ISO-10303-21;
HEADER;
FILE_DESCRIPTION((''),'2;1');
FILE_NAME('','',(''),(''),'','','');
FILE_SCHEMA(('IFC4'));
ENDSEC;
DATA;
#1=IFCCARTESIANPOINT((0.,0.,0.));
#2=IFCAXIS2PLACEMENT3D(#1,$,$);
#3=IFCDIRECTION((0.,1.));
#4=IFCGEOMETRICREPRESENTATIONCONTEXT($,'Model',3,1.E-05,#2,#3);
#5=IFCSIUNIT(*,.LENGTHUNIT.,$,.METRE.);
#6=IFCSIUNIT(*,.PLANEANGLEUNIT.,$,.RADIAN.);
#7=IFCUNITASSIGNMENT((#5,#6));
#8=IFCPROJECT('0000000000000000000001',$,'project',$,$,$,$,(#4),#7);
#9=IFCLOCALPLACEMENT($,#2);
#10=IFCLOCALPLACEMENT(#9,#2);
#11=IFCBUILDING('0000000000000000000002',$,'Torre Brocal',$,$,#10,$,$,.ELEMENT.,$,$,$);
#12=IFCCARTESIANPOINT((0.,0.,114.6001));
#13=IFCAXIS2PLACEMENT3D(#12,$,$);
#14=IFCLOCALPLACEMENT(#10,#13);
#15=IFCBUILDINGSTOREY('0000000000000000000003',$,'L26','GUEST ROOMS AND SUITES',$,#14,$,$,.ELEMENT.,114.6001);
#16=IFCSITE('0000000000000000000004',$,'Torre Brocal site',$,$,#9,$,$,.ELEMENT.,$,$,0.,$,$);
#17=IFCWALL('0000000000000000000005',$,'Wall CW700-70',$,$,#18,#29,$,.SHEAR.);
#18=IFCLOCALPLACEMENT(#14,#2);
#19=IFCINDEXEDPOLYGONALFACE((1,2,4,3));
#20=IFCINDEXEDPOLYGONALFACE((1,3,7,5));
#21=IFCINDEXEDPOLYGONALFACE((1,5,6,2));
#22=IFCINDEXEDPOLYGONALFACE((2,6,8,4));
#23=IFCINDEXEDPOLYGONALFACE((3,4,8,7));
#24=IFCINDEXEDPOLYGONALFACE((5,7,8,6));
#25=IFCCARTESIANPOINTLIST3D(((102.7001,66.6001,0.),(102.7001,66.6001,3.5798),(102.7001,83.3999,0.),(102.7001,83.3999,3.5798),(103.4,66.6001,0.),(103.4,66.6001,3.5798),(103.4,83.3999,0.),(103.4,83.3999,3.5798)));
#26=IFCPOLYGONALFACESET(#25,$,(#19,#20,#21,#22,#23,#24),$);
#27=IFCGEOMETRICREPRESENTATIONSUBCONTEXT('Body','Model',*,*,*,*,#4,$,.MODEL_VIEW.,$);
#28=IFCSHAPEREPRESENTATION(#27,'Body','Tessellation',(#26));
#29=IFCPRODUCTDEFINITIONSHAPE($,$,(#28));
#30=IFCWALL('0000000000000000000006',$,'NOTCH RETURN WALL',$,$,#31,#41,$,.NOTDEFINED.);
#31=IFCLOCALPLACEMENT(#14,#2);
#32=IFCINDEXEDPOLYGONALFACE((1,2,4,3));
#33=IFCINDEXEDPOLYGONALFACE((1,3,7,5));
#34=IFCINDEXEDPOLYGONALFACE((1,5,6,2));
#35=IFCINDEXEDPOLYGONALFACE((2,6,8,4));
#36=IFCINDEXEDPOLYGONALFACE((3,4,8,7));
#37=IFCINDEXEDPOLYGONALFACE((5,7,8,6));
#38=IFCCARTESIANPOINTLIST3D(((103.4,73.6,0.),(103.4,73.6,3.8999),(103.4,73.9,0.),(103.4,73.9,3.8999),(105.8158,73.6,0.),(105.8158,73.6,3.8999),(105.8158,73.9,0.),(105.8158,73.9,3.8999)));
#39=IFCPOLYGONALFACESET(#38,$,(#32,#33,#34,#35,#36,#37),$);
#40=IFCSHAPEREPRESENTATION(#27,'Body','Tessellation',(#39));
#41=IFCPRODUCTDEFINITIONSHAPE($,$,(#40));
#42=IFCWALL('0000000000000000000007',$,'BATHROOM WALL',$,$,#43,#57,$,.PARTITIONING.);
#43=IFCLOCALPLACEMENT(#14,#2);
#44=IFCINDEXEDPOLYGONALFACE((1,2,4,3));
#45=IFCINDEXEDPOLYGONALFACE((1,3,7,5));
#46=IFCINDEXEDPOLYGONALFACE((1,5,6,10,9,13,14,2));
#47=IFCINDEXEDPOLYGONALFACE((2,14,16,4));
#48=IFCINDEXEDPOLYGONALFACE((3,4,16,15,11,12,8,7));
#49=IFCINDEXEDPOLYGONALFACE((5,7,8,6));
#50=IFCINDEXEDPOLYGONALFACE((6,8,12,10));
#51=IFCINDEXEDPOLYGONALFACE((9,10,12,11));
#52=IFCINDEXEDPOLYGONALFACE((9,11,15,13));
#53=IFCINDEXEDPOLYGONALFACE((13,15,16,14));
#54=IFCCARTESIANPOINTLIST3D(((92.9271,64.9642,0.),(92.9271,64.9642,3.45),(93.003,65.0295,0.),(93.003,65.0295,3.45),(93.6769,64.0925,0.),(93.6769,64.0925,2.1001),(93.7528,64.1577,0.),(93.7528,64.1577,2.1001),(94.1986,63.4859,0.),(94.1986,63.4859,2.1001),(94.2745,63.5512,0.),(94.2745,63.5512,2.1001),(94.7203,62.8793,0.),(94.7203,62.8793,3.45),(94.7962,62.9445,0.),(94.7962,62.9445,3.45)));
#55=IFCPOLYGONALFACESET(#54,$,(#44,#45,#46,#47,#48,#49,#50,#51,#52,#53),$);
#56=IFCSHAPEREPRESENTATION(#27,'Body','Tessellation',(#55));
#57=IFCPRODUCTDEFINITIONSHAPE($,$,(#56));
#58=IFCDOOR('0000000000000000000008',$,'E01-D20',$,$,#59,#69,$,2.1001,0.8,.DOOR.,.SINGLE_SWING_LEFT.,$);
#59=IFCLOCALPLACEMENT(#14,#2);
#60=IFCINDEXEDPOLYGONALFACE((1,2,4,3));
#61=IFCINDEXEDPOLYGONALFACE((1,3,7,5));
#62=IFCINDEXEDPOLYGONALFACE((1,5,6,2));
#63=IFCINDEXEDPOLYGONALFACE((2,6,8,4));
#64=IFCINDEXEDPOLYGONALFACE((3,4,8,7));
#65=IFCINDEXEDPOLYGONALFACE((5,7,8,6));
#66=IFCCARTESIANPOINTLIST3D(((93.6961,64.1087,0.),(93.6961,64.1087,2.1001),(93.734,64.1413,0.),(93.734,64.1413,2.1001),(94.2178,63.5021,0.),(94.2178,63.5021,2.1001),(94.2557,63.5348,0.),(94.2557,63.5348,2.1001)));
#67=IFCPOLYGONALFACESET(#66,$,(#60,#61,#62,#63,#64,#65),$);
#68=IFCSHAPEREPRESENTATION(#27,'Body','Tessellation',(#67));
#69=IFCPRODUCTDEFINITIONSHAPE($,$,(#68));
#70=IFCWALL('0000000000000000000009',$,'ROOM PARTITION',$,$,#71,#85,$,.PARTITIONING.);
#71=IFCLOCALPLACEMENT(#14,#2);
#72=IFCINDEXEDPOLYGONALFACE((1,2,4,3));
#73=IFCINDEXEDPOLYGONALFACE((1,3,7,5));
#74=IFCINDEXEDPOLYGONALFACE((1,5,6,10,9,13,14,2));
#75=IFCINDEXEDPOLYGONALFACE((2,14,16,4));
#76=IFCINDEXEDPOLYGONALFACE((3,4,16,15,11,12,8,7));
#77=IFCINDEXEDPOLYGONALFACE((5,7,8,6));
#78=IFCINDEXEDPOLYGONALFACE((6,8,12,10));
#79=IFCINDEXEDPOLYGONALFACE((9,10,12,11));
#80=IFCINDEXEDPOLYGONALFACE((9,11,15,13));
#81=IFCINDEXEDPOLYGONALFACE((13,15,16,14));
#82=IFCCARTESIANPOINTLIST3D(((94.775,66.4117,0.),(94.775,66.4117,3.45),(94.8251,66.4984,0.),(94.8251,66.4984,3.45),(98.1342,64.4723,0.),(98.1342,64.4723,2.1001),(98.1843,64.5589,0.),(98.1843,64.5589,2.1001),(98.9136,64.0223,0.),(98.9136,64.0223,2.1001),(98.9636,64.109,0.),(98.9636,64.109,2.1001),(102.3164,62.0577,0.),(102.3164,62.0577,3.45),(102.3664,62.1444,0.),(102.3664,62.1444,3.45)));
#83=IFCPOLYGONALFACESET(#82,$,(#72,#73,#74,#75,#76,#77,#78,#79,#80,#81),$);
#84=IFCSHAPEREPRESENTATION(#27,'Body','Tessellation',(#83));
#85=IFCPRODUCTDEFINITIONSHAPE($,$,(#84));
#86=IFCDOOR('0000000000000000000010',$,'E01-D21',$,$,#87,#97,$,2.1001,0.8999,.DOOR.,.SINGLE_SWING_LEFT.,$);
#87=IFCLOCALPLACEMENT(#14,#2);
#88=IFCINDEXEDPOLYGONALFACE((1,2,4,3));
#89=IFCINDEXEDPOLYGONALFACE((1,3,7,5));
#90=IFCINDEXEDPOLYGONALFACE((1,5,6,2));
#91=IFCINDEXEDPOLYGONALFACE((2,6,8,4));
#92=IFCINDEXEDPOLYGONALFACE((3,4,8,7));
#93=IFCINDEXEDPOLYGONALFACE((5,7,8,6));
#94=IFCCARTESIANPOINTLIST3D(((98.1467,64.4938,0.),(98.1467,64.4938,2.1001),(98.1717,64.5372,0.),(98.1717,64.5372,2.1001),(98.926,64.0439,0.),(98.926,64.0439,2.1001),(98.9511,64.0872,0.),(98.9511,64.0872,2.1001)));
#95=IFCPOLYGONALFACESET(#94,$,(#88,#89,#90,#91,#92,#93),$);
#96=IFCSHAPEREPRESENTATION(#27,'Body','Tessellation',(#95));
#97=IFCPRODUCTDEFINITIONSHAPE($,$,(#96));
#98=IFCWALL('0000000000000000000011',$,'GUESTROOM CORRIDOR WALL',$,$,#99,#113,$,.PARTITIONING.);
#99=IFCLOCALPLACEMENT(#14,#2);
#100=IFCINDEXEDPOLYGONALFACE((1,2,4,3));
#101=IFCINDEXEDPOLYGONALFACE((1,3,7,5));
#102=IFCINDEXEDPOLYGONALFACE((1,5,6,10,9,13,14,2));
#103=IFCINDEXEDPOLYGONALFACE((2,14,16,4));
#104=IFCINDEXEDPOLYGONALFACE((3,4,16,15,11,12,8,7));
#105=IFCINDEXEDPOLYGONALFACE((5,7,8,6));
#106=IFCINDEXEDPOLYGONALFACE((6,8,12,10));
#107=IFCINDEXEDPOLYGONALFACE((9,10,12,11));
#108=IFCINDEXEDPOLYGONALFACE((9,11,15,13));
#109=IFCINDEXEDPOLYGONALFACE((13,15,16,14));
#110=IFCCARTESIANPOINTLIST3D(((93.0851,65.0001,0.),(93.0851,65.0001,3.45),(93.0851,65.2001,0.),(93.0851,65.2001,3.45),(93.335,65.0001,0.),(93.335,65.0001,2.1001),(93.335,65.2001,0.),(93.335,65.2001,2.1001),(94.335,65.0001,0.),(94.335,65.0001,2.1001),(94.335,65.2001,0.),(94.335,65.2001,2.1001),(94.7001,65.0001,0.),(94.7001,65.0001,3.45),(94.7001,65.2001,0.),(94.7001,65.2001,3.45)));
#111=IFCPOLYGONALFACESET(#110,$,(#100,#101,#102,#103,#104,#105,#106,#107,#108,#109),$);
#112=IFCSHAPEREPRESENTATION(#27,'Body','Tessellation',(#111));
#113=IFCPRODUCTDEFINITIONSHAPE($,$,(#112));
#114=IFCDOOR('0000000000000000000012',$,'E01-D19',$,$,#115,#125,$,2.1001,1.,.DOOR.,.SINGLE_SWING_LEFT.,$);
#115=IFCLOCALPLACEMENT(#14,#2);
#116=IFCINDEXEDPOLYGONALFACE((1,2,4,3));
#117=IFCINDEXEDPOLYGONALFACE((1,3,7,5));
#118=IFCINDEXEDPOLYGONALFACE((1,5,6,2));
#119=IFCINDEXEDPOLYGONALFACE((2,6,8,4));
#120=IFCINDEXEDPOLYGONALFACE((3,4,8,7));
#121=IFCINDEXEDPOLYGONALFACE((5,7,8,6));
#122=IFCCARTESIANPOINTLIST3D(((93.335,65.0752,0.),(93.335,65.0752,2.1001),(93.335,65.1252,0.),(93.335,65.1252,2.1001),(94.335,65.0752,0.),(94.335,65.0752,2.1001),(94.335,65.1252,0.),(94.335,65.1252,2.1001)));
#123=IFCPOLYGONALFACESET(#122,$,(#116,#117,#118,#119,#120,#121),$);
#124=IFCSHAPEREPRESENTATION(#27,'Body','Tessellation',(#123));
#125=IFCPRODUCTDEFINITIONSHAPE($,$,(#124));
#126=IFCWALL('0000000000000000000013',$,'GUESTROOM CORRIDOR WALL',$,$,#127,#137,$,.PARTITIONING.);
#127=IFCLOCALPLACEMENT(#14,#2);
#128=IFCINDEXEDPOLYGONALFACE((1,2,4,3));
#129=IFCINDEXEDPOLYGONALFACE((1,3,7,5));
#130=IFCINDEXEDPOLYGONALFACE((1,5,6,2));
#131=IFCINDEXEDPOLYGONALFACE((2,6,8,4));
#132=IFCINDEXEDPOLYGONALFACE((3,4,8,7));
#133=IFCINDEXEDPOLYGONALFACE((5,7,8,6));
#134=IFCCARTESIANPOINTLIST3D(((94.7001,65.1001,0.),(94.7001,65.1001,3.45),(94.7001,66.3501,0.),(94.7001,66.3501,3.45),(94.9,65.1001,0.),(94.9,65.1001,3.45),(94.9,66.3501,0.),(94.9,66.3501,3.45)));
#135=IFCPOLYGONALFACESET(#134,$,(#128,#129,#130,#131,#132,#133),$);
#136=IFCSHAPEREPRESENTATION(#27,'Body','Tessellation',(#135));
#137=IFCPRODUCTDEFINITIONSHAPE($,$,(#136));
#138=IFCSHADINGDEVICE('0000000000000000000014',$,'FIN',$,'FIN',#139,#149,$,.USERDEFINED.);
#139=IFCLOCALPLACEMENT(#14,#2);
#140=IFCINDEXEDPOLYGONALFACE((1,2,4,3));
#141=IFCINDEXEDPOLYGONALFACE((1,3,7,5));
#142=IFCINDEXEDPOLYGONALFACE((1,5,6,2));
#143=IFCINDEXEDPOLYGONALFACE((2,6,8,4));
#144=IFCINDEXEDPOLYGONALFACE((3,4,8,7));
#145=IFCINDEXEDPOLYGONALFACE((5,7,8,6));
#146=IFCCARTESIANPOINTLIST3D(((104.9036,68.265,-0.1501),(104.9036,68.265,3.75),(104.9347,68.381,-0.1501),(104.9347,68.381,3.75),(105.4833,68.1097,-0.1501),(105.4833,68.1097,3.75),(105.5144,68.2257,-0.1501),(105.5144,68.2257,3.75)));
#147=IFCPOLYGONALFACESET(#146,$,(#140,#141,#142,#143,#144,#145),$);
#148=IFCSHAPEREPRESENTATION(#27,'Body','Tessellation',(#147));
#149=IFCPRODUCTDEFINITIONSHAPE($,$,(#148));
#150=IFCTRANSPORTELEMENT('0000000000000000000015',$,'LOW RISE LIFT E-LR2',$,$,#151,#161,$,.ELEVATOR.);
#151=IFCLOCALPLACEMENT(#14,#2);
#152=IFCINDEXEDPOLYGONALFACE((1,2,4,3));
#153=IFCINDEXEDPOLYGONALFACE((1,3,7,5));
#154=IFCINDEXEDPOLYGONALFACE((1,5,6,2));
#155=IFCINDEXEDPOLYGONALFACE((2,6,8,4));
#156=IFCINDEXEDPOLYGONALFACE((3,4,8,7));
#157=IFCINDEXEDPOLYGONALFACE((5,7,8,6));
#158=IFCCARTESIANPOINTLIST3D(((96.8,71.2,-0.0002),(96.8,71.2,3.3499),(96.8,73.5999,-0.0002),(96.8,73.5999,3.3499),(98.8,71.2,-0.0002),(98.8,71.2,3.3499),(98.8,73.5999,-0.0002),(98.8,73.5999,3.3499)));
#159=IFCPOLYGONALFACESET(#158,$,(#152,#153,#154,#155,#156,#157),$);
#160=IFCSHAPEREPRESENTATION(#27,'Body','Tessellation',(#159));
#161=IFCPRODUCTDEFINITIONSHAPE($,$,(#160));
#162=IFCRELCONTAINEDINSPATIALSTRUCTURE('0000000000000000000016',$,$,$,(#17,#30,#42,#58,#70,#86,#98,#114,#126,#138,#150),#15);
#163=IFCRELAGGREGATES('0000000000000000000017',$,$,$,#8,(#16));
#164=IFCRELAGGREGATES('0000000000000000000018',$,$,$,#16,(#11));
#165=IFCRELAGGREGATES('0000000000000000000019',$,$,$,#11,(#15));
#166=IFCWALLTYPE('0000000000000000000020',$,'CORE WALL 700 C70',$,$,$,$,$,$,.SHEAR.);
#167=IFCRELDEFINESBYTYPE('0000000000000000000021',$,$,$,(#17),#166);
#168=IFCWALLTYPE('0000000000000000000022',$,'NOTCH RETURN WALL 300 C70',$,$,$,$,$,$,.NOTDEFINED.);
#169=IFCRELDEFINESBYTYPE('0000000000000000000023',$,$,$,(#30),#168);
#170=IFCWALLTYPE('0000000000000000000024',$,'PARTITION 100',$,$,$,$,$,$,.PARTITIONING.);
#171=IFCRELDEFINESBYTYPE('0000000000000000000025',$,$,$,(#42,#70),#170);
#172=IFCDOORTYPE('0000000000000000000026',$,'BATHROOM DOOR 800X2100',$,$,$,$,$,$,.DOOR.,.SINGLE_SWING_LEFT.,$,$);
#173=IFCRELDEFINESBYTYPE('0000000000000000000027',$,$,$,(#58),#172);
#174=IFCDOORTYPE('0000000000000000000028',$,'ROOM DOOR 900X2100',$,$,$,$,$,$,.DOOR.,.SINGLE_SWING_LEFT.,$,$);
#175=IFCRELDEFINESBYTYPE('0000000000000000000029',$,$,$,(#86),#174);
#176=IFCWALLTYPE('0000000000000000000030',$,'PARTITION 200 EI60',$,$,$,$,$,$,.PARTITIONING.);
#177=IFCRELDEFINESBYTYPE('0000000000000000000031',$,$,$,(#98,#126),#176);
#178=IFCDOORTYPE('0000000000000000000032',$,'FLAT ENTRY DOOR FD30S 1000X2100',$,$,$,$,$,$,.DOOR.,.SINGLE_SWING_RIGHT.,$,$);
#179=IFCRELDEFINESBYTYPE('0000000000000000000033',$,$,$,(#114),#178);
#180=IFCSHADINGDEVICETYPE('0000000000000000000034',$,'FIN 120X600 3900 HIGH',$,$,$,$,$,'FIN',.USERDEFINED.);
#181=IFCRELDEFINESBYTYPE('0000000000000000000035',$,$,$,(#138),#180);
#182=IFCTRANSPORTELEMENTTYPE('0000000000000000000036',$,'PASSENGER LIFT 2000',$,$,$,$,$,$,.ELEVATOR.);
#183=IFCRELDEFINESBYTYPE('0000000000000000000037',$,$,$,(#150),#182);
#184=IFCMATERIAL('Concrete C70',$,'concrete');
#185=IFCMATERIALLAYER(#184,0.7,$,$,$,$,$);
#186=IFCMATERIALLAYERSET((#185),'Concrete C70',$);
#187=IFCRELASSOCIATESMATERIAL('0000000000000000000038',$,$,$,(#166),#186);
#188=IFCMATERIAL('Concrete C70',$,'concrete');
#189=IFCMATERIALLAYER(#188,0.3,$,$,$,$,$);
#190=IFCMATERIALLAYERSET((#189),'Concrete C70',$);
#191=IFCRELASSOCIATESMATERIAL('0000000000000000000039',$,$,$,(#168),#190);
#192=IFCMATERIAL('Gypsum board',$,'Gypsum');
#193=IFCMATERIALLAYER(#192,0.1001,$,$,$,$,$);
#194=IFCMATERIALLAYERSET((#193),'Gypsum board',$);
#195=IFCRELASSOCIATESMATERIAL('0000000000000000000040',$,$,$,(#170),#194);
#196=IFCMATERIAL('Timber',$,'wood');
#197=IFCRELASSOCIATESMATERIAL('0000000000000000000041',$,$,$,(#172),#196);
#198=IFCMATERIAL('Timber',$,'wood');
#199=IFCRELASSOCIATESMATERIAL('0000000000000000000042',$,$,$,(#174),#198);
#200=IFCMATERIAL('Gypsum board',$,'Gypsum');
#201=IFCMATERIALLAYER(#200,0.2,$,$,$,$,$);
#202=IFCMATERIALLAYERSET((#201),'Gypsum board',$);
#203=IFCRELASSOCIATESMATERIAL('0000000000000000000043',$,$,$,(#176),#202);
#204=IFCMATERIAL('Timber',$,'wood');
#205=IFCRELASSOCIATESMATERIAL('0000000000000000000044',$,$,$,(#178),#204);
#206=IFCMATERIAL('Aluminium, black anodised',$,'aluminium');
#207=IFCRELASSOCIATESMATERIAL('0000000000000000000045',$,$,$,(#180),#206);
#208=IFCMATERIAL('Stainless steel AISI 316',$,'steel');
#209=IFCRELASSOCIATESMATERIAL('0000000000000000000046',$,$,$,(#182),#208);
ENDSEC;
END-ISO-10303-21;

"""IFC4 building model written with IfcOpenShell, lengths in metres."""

from ifc_helpers import new_model, si_unit, direction, frame, frame_2d, origin, origin_2d, place, context, subcontext, project, spatial, rectangle, extrude, material, layer, layer_set, material_profile, profile_set, type_object, element, fill, save


model = new_model("IFC4")

# Units and contexts
model_context = context("Model", 3, precision=1e-05, world=origin(), true_north=direction((0.0, 1.0)))
body_context = subcontext(model_context, "Body", "Model", "MODEL_VIEW")
ifc_project = project(units=[si_unit("LENGTHUNIT", "METRE"), si_unit("PLANEANGLEUNIT", "RADIAN")], contexts=[model_context])

# Site, building, storey
site_placement = place(None, origin())
site = spatial("IfcSite", under=ifc_project, at=site_placement, Name="Torre Brocal site", CompositionType="ELEMENT", RefElevation=0.0)
building_placement = place(site_placement, origin())
building = spatial("IfcBuilding", under=site, at=building_placement, Name="Torre Brocal", CompositionType="ELEMENT")
storey_placement = place(building_placement, frame((0.0, 0.0, 114.6001)))
storey = spatial("IfcBuildingStorey", under=building, at=storey_placement, Name="L26", Description="GUEST ROOMS AND SUITES", CompositionType="ELEMENT", Elevation=114.6001)

# Walls
ifc_material_1 = material(Name="Concrete C70", Category="concrete")
ifc_layer_1 = layer(ifc_material_1, 0.7)
ifc_layer_set_1 = layer_set([ifc_layer_1], Name="Concrete C70")
wall_type_1 = type_object("IfcWallType", Name="CORE WALL 700 C70", PredefinedType="SHEAR", material=ifc_layer_set_1)
wall_1_placement = place(storey_placement, frame((103.05, 66.6001, 0.0), z_axis=(0.0, 0.0, 1.0), x_axis=(0.0, 1.0, 0.0)))
element("IfcWall", 1, at=wall_1_placement, inside=storey, type_object=wall_type_1, Name="Wall CW700-70", PredefinedType="SHEAR", context=body_context, shape_type="SweptSolid", body=[
    extrude(rectangle(XDim=16.7998, YDim=0.7, at=frame_2d((8.3999, 0.0))), origin(), (0.0, 0.0, 1.0), 3.5798),
])
ifc_material_2 = material(Name="Concrete C70", Category="concrete")
ifc_layer_2 = layer(ifc_material_2, 0.3)
ifc_layer_set_2 = layer_set([ifc_layer_2], Name="Concrete C70")
wall_type_2 = type_object("IfcWallType", Name="NOTCH RETURN WALL 300 C70", PredefinedType="NOTDEFINED", material=ifc_layer_set_2)
wall_2_placement = place(storey_placement, frame((103.3999, 73.75, 0.0), z_axis=(0.0, 0.0, 1.0), x_axis=(1.0, 0.0, 0.0)))
element("IfcWall", 2, at=wall_2_placement, inside=storey, type_object=wall_type_2, Name="NOTCH RETURN WALL", PredefinedType="NOTDEFINED", context=body_context, shape_type="SweptSolid", body=[
    extrude(rectangle(XDim=2.4158, YDim=0.3, at=frame_2d((1.208, 0.0))), origin(), (0.0, 0.0, 1.0), 3.8999),
])

# Walls, openings, doors
ifc_material_3 = material(Name="Gypsum board", Category="Gypsum")
ifc_layer_3 = layer(ifc_material_3, 0.1001)
ifc_layer_set_3 = layer_set([ifc_layer_3], Name="Gypsum board")
wall_type_3 = type_object("IfcWallType", Name="PARTITION 100", PredefinedType="PARTITIONING", material=ifc_layer_set_3)
wall_3_placement = place(storey_placement, frame((92.9651, 64.9968, 0.0), z_axis=(0.0, 0.0, 1.0), x_axis=(0.65207, -0.758159, 0.0)))
wall_3 = element("IfcWall", 3, at=wall_3_placement, inside=storey, type_object=wall_type_3, Name="BATHROOM WALL", PredefinedType="PARTITIONING", context=body_context, shape_type="SweptSolid", body=[
    extrude(rectangle(XDim=2.75, YDim=0.1001, at=frame_2d((1.375, 0.0))), origin(), (0.0, 0.0, 1.0), 3.45),
])
opening_1_placement = place(wall_3_placement, frame((1.1499, 0.0, 0.0)))
opening_1 = element("IfcOpeningElement", 4, at=opening_1_placement, cuts=wall_3, PredefinedType="OPENING", context=body_context, shape_type="SweptSolid", body=[
    extrude(rectangle(XDim=0.8, YDim=2.1001, at=frame_2d((0.3999, 1.05))), frame((0.0, 0.0601, 0.0), z_axis=(0.0, -1.0, 0.0), x_axis=(1.0, 0.0, 0.0)), (0.0, 0.0, 1.0), 0.1201),
])
ifc_material_4 = material(Name="Timber", Category="wood")
door_type_1 = type_object("IfcDoorType", Name="BATHROOM DOOR 800X2100", OperationType="SINGLE_SWING_LEFT", PredefinedType="DOOR", material=ifc_material_4)
door_1_placement = place(opening_1_placement, frame((0.8, 0.0, 0.0), z_axis=(0.0, 0.0, 1.0), x_axis=(-1.0, 0.0, 0.0)))
door_1 = element("IfcDoor", 5, at=door_1_placement, inside=storey, type_object=door_type_1, Name="E01-D20", OperationType="SINGLE_SWING_LEFT", OverallHeight=2.1001, OverallWidth=0.8, PredefinedType="DOOR", context=body_context, shape_type="SweptSolid", body=[
    extrude(rectangle(XDim=0.8, YDim=2.1001, at=frame_2d((0.3999, 1.05))), frame((0.0, 0.0249, 0.0), z_axis=(0.0, -1.0, 0.0), x_axis=(1.0, 0.0, 0.0)), (0.0, 0.0, 1.0), 0.05),
])
fill(opening_1, door_1)
wall_4_placement = place(storey_placement, frame((94.8, 66.4551, 0.0), z_axis=(0.0, 0.0, 1.0), x_axis=(0.866023, -0.500005, 0.0)))
wall_4 = element("IfcWall", 6, at=wall_4_placement, inside=storey, type_object=wall_type_3, Name="ROOM PARTITION", PredefinedType="PARTITIONING", context=body_context, shape_type="SweptSolid", body=[
    extrude(rectangle(XDim=8.708, YDim=0.1001, at=frame_2d((4.354, 0.0))), origin(), (0.0, 0.0, 1.0), 3.45),
])
opening_2_placement = place(wall_4_placement, frame((3.8789, 0.0, 0.0)))
opening_2 = element("IfcOpeningElement", 7, at=opening_2_placement, cuts=wall_4, PredefinedType="OPENING", context=body_context, shape_type="SweptSolid", body=[
    extrude(rectangle(XDim=0.8999, YDim=2.1001, at=frame_2d((0.45, 1.05))), frame((0.0, 0.0601, 0.0), z_axis=(0.0, -1.0, 0.0), x_axis=(1.0, 0.0, 0.0)), (0.0, 0.0, 1.0), 0.1201),
])
ifc_material_5 = material(Name="Timber", Category="wood")
door_type_2 = type_object("IfcDoorType", Name="ROOM DOOR 900X2100", OperationType="SINGLE_SWING_LEFT", PredefinedType="DOOR", material=ifc_material_5)
door_2_placement = place(opening_2_placement, origin())
door_2 = element("IfcDoor", 8, at=door_2_placement, inside=storey, type_object=door_type_2, Name="E01-D21", OperationType="SINGLE_SWING_LEFT", OverallHeight=2.1001, OverallWidth=0.8999, PredefinedType="DOOR", context=body_context, shape_type="SweptSolid", body=[
    extrude(rectangle(XDim=0.8999, YDim=2.1001, at=frame_2d((0.45, 1.05))), frame((0.0, 0.0249, 0.0), z_axis=(0.0, -1.0, 0.0), x_axis=(1.0, 0.0, 0.0)), (0.0, 0.0, 1.0), 0.05),
])
fill(opening_2, door_2)
ifc_material_6 = material(Name="Gypsum board", Category="Gypsum")
ifc_layer_4 = layer(ifc_material_6, 0.2)
ifc_layer_set_4 = layer_set([ifc_layer_4], Name="Gypsum board")
wall_type_4 = type_object("IfcWallType", Name="PARTITION 200 EI60", PredefinedType="PARTITIONING", material=ifc_layer_set_4)
wall_5_placement = place(storey_placement, frame((93.085, 65.1001, 0.0), z_axis=(0.0, 0.0, 1.0), x_axis=(1.0, 0.0, 0.0)))
wall_5 = element("IfcWall", 9, at=wall_5_placement, inside=storey, type_object=wall_type_4, Name="GUESTROOM CORRIDOR WALL", PredefinedType="PARTITIONING", context=body_context, shape_type="SweptSolid", body=[
    extrude(rectangle(XDim=1.615, YDim=0.2, at=frame_2d((0.8076, 0.0))), origin(), (0.0, 0.0, 1.0), 3.45),
])
opening_3_placement = place(wall_5_placement, frame((0.25, 0.0, 0.0)))
opening_3 = element("IfcOpeningElement", 10, at=opening_3_placement, cuts=wall_5, PredefinedType="OPENING", context=body_context, shape_type="SweptSolid", body=[
    extrude(rectangle(XDim=1.0, YDim=2.1001, at=frame_2d((0.5, 1.05))), frame((0.0, 0.1099, 0.0), z_axis=(0.0, -1.0, 0.0), x_axis=(1.0, 0.0, 0.0)), (0.0, 0.0, 1.0), 0.22),
])
ifc_material_7 = material(Name="Timber", Category="wood")
door_type_3 = type_object("IfcDoorType", Name="FLAT ENTRY DOOR FD30S 1000X2100", OperationType="SINGLE_SWING_RIGHT", PredefinedType="DOOR", material=ifc_material_7)
door_3_placement = place(opening_3_placement, frame((1.0, 0.0, 0.0), z_axis=(0.0, 0.0, 1.0), x_axis=(-1.0, 0.0, 0.0)))
door_3 = element("IfcDoor", 11, at=door_3_placement, inside=storey, type_object=door_type_3, Name="E01-D19", OperationType="SINGLE_SWING_LEFT", OverallHeight=2.1001, OverallWidth=1.0, PredefinedType="DOOR", context=body_context, shape_type="SweptSolid", body=[
    extrude(rectangle(XDim=1.0, YDim=2.1001, at=frame_2d((0.5, 1.05))), frame((0.0, 0.0249, 0.0), z_axis=(0.0, -1.0, 0.0), x_axis=(1.0, 0.0, 0.0)), (0.0, 0.0, 1.0), 0.05),
])
fill(opening_3, door_3)

# Wall
wall_6_placement = place(storey_placement, frame((94.8, 65.1001, 0.0), z_axis=(0.0, 0.0, 1.0), x_axis=(0.0, 1.0, 0.0)))
element("IfcWall", 12, at=wall_6_placement, inside=storey, type_object=wall_type_4, Name="GUESTROOM CORRIDOR WALL", PredefinedType="PARTITIONING", context=body_context, shape_type="SweptSolid", body=[
    extrude(rectangle(XDim=1.25, YDim=0.2, at=frame_2d((0.625, 0.0))), origin(), (0.0, 0.0, 1.0), 3.45),
])

# Shading device
ifc_material_8 = material(Name="Aluminium, black anodised", Category="aluminium")
ifc_material_profile_1 = material_profile(ifc_material_8, rectangle(XDim=0.1201, YDim=0.6001, at=origin_2d()), Name="FIN 120X600 3900 HIGH")
ifc_profile_set_1 = profile_set([ifc_material_profile_1], Name="Aluminium, black anodised")
shading_device_type = type_object("IfcShadingDeviceType", Name="FIN 120X600 3900 HIGH", ElementType="FIN", PredefinedType="USERDEFINED", material=ifc_profile_set_1)
shading_device_placement = place(storey_placement, frame((105.209, 68.2454, -0.1501), z_axis=(0.0, 0.0, 1.0), x_axis=(0.258819, 0.965926, 0.0)))
element("IfcShadingDevice", 13, at=shading_device_placement, inside=storey, type_object=shading_device_type, Name="FIN", ObjectType="FIN", PredefinedType="USERDEFINED", context=body_context, shape_type="SweptSolid", body=[
    extrude(rectangle(XDim=0.1201, YDim=0.6001, at=origin_2d()), origin(), (0.0, 0.0, 1.0), 3.9001),
])

# Transport element
ifc_material_9 = material(Name="Stainless steel AISI 316", Category="steel")
transport_element_type_1 = type_object("IfcTransportElementType", Name="PASSENGER LIFT 2000", PredefinedType="ELEVATOR", material=ifc_material_9)
transport_element_1_placement = place(storey_placement, frame((97.8, 72.3999, -0.0002), z_axis=(0.0, 0.0, 1.0), x_axis=(1.0, 0.0, 0.0)))
element("IfcTransportElement", 14, at=transport_element_1_placement, inside=storey, type_object=transport_element_type_1, Name="LOW RISE LIFT E-LR2", PredefinedType="ELEVATOR", context=body_context, shape_type="SweptSolid", body=[
    extrude(rectangle(XDim=2.0, YDim=2.3999, at=origin_2d()), origin(), (0.0, 0.0, 1.0), 3.3501),
])

save(model, "model.ifc")
